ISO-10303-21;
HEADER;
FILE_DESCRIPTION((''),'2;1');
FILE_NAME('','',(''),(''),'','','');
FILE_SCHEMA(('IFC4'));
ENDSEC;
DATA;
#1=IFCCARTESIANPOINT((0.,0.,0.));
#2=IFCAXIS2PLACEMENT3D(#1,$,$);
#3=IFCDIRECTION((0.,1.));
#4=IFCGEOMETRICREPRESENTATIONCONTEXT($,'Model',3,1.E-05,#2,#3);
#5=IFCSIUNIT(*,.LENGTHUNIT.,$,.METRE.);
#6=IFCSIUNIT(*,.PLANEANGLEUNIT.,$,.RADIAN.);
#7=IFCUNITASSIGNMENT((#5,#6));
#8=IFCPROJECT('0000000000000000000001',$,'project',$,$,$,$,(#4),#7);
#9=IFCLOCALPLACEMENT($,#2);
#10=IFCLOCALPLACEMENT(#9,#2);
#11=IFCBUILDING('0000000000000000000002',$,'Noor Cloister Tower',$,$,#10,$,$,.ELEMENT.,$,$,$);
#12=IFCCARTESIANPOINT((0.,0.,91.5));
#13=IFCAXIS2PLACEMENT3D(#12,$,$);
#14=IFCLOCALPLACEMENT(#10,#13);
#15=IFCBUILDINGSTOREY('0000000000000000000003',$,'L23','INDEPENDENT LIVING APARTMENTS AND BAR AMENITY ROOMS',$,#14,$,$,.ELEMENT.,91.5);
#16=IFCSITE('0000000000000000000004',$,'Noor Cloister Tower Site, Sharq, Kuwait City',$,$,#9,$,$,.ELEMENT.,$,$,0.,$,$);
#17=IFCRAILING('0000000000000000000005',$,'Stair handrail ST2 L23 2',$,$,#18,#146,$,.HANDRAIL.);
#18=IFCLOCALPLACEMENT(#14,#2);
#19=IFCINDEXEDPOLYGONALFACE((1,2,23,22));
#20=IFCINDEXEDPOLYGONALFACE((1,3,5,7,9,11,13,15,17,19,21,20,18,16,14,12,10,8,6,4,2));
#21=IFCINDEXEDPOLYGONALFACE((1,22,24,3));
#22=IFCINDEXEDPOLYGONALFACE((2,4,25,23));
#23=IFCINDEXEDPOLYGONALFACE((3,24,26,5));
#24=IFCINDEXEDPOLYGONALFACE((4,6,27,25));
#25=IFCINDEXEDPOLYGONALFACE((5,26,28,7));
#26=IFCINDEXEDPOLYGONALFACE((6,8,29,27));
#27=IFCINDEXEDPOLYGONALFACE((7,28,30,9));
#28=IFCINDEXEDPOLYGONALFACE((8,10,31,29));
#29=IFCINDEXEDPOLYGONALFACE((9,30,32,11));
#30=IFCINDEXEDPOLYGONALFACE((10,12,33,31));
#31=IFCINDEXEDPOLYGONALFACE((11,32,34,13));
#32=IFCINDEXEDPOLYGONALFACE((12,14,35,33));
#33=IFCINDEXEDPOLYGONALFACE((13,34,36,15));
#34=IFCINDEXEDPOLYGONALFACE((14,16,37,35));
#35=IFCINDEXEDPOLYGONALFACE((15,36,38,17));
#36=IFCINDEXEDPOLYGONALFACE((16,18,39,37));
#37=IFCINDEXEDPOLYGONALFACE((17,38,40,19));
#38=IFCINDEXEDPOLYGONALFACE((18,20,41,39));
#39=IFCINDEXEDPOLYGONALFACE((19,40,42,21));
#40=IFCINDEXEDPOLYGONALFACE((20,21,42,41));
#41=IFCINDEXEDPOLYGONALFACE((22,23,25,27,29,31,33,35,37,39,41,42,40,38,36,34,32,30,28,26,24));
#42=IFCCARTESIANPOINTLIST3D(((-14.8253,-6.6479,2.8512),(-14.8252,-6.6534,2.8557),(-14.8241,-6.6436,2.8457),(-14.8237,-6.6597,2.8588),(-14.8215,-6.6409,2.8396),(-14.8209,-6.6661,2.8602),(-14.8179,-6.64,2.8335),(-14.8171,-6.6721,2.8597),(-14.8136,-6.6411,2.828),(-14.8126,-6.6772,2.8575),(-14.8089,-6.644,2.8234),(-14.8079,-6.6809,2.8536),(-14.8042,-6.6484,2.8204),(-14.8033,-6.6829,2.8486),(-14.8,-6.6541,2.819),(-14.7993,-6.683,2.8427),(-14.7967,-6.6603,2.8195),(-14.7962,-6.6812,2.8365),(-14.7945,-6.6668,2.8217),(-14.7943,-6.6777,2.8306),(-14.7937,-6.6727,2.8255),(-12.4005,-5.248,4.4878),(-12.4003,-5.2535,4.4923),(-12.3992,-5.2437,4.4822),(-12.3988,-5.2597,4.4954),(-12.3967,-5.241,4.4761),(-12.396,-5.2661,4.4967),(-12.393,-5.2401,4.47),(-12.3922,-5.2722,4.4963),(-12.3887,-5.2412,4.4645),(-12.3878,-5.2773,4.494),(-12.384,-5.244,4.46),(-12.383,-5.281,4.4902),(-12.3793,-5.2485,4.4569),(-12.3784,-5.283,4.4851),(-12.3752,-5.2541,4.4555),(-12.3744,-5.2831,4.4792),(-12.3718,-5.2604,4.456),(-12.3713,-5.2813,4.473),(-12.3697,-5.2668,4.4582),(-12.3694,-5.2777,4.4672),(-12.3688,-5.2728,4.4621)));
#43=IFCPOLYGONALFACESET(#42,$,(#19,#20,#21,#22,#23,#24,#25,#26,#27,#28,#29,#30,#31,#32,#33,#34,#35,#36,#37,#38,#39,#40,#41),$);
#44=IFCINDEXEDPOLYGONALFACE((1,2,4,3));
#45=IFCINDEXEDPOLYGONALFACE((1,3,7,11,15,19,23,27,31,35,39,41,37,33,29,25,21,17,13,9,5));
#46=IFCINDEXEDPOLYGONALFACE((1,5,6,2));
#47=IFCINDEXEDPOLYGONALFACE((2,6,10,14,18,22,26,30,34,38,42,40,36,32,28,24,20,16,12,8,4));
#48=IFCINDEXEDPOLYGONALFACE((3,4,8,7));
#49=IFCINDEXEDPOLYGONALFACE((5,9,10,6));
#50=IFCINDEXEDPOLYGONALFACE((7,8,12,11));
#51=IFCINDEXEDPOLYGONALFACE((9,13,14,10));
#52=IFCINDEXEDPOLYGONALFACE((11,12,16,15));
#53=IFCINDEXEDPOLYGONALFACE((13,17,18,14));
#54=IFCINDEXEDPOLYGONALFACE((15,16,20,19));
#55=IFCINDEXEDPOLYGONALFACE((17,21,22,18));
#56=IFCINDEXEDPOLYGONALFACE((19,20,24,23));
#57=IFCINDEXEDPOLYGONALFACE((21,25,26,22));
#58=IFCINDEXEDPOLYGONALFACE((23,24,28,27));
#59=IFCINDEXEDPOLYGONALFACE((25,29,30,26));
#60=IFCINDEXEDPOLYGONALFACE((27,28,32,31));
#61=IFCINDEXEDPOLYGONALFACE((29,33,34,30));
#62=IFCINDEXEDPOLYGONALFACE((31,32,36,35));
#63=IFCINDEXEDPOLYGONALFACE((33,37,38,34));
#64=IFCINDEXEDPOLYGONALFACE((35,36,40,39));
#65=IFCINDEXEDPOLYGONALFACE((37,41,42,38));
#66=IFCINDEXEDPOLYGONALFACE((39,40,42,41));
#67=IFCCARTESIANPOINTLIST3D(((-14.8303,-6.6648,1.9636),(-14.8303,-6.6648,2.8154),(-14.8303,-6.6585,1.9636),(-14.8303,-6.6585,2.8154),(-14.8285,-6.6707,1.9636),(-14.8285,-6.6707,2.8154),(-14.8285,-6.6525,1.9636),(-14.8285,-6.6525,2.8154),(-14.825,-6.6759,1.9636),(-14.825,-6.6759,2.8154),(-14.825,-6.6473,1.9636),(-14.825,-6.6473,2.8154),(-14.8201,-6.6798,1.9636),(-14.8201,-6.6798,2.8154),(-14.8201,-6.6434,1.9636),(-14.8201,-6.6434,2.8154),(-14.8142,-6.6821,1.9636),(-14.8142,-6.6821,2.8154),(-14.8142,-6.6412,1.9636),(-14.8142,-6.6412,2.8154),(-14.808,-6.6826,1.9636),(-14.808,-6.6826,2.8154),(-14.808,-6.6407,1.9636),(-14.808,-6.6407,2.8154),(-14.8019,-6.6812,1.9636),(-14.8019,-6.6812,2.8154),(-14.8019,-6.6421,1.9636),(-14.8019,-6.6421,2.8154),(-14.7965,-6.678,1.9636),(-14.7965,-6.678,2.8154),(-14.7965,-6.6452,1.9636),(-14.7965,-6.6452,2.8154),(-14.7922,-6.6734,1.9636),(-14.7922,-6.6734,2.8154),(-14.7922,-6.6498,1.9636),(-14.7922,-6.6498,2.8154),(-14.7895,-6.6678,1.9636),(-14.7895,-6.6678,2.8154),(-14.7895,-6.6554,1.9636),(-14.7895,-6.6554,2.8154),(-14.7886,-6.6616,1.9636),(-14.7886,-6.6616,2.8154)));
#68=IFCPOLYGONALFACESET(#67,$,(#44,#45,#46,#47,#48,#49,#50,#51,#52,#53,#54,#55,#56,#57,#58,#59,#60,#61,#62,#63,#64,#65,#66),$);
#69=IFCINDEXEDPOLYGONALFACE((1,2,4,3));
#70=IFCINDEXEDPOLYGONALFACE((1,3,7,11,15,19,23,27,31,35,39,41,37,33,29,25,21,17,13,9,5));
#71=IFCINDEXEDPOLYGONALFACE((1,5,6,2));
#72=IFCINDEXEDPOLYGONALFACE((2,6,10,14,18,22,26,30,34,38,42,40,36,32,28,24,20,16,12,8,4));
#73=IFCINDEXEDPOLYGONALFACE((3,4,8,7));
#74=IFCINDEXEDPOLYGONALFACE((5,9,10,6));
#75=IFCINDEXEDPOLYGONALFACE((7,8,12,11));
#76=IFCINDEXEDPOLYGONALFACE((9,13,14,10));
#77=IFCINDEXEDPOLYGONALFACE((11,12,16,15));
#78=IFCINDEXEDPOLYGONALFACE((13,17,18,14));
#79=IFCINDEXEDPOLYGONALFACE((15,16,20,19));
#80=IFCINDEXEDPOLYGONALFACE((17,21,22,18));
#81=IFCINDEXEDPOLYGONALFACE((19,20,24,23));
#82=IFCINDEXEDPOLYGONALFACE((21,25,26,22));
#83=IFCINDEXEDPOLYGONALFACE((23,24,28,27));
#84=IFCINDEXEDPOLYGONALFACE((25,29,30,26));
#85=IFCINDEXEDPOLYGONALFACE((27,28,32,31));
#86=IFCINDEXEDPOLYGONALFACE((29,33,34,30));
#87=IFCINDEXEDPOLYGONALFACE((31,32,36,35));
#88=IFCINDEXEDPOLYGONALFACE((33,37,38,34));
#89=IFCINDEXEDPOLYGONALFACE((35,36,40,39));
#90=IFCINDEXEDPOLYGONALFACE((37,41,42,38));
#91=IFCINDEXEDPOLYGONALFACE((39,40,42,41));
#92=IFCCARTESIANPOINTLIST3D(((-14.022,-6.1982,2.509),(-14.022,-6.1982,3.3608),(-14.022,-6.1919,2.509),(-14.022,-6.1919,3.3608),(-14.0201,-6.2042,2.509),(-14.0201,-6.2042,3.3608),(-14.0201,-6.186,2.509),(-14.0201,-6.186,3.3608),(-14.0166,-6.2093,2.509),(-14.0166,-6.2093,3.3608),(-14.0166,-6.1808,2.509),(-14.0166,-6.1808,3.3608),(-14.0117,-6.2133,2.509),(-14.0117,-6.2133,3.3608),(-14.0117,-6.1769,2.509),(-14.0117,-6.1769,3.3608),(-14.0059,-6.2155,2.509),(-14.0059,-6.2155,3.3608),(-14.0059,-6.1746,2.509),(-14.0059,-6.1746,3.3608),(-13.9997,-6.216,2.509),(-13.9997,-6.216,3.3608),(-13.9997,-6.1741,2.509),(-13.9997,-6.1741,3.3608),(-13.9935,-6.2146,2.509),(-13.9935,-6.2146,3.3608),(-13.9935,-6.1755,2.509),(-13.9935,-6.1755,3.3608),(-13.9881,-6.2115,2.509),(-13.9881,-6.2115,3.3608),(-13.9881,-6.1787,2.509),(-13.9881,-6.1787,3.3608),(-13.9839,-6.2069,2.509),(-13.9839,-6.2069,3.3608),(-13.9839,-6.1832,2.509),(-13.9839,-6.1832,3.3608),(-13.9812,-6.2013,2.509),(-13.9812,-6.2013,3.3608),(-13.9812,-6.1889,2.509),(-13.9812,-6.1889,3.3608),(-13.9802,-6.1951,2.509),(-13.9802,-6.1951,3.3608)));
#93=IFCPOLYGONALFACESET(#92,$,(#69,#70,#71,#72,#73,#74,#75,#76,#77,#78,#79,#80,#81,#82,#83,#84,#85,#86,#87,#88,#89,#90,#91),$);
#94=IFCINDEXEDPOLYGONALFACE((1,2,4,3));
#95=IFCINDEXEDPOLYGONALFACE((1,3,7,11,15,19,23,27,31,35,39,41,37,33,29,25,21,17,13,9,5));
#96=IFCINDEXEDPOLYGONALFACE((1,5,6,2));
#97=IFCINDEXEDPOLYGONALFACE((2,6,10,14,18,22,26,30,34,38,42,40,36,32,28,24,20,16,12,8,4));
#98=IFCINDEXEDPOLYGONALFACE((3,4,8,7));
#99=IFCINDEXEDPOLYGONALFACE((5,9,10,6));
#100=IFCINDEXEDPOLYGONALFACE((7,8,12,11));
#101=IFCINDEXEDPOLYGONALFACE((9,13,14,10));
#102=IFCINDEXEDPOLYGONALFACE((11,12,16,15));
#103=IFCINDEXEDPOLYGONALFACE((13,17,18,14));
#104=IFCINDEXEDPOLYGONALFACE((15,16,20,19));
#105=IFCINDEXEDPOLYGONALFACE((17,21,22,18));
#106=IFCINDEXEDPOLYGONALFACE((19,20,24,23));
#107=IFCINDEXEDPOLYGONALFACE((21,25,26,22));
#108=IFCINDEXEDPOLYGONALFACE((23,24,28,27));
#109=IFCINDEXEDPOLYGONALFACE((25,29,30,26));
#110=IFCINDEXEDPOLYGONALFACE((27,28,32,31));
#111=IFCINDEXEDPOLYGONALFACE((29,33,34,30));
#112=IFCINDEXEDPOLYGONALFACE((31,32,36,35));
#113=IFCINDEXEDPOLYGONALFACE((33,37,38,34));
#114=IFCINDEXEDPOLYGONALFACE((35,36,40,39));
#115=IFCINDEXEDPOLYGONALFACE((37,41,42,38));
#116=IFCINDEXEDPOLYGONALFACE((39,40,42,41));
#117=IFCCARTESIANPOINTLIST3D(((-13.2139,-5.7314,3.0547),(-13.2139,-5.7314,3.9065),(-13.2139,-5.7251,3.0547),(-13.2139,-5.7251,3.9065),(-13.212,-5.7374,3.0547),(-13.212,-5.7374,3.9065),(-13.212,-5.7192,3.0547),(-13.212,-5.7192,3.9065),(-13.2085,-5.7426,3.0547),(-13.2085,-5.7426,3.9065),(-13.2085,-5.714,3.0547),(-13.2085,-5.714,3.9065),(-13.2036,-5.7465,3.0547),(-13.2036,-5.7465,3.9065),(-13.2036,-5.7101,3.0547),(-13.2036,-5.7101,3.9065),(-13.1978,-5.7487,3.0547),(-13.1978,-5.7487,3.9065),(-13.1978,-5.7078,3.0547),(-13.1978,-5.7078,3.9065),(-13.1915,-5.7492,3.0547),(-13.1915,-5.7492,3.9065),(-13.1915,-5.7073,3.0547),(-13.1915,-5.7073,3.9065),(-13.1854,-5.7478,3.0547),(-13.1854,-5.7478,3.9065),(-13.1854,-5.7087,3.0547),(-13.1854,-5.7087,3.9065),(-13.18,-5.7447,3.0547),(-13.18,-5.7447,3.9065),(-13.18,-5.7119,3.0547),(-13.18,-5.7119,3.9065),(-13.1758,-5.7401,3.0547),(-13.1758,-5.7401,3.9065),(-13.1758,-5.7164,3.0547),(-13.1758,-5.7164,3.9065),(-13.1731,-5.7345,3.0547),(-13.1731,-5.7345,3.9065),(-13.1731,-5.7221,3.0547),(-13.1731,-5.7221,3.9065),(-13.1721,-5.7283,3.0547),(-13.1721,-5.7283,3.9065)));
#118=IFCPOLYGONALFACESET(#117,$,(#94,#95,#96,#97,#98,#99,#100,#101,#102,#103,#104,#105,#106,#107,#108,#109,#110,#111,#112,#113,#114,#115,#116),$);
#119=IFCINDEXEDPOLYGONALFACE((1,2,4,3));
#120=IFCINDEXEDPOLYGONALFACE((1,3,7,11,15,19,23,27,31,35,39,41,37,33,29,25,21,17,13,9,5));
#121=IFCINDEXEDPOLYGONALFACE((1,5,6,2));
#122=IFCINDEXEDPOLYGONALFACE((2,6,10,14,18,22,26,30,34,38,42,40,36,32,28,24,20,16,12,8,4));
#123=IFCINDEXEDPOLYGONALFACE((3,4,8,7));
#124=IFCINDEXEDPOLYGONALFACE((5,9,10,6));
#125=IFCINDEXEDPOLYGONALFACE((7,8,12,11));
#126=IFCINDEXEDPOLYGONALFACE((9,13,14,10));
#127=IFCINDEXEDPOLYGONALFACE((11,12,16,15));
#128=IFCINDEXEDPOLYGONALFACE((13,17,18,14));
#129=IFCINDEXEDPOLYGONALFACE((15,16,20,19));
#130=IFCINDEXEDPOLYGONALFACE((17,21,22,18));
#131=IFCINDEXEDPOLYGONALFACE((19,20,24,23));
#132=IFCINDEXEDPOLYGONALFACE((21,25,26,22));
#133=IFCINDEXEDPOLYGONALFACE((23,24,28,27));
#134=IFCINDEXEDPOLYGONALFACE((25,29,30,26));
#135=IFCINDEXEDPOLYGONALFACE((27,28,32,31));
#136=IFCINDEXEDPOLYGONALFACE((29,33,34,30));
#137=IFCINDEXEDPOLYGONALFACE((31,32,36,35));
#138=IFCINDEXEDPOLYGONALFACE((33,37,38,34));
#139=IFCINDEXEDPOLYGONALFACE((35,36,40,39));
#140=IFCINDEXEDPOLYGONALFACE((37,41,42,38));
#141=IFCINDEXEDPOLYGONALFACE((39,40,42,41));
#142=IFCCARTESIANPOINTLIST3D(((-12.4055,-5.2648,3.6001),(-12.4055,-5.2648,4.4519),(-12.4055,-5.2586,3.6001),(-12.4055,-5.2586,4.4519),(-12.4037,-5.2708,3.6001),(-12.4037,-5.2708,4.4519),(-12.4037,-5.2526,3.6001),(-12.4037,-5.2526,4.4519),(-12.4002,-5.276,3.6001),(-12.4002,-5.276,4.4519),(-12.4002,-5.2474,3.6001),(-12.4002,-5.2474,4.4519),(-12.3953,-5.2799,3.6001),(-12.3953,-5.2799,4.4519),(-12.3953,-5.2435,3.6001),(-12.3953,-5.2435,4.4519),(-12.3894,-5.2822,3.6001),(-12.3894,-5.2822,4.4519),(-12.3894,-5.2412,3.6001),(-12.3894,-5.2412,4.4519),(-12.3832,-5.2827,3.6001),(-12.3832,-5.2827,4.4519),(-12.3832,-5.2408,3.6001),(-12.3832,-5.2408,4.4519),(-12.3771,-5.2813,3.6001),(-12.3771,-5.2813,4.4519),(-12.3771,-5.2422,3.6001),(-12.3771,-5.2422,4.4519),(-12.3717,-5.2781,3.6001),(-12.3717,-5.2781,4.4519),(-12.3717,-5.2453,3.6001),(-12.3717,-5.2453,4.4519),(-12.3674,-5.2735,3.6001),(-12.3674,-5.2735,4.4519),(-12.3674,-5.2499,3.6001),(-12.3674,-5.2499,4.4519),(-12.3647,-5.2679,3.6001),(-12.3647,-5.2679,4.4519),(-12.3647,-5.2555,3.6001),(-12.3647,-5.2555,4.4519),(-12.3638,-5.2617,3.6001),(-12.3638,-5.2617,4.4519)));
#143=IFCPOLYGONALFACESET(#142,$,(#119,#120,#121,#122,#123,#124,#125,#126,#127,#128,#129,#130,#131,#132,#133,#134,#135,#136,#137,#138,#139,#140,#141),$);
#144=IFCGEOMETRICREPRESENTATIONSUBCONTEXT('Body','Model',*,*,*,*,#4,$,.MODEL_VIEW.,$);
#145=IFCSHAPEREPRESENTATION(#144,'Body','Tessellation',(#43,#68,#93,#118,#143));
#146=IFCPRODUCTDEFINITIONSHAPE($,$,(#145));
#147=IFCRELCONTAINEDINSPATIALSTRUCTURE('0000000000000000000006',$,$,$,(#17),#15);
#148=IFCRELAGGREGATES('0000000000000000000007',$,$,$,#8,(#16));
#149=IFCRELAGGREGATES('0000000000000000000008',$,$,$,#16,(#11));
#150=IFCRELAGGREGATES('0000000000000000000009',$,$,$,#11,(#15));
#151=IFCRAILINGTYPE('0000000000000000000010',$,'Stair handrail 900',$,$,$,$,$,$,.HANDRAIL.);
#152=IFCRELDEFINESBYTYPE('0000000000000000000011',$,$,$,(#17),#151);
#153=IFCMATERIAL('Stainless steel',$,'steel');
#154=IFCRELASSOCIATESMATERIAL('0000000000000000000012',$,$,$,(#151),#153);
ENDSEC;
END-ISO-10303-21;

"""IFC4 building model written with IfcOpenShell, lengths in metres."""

from ifc_helpers import new_model, si_unit, direction, frame, origin, origin_2d, place, context, subcontext, project, spatial, circle, extrude, material, type_object, element, save


model = new_model("IFC4")

# Units and contexts
model_context = context("Model", 3, precision=1e-05, world=origin(), true_north=direction((0.0, 1.0)))
body_context = subcontext(model_context, "Body", "Model", "MODEL_VIEW")
ifc_project = project(units=[si_unit("LENGTHUNIT", "METRE"), si_unit("PLANEANGLEUNIT", "RADIAN")], contexts=[model_context])

# Site, building, storey
site_placement = place(None, origin())
site = spatial("IfcSite", under=ifc_project, at=site_placement, Name="Noor Cloister Tower Site, Sharq, Kuwait City", CompositionType="ELEMENT", RefElevation=0.0)
building_placement = place(site_placement, origin())
building = spatial("IfcBuilding", under=site, at=building_placement, Name="Noor Cloister Tower", CompositionType="ELEMENT")
storey_placement = place(building_placement, frame((0.0, 0.0, 91.5)))
storey = spatial("IfcBuildingStorey", under=building, at=storey_placement, Name="L23", Description="INDEPENDENT LIVING APARTMENTS AND BAR AMENITY ROOMS", CompositionType="ELEMENT", Elevation=91.5)

# Railing
ifc_material_1 = material(Name="Stainless steel", Category="steel")
railing_type = type_object("IfcRailingType", Name="Stair handrail 900", PredefinedType="HANDRAIL", material=ifc_material_1)
railing_placement = place(storey_placement, frame((-14.8096, -6.6616, 1.9636)))
element("IfcRailing", 1, at=railing_placement, inside=storey, type_object=railing_type, Name="Stair handrail ST2 L23 2", PredefinedType="HANDRAIL", context=body_context, shape_type="SweptSolid", body=[
    extrude(circle(Radius=0.0239, at=origin_2d()), frame((0.0, 0.0, 0.876), z_axis=(0.74769, 0.431661, 0.504608), x_axis=(-0.499984, 0.866035, 0.0)), (0.0, 0.0, 1.0), 3.2432),
    extrude(circle(Radius=0.021, at=origin_2d()), origin(), (0.0, 0.0, 1.0), 0.8518),
    extrude(circle(Radius=0.021, at=origin_2d()), frame((0.8083, 0.4666, 0.5454)), (0.0, 0.0, 1.0), 0.8518),
    extrude(circle(Radius=0.021, at=origin_2d()), frame((1.6165, 0.9333, 1.0911)), (0.0, 0.0, 1.0), 0.8518),
    extrude(circle(Radius=0.021, at=origin_2d()), frame((2.4248, 1.3999, 1.6365)), (0.0, 0.0, 1.0), 0.8518),
])

save(model, "model.ifc")
